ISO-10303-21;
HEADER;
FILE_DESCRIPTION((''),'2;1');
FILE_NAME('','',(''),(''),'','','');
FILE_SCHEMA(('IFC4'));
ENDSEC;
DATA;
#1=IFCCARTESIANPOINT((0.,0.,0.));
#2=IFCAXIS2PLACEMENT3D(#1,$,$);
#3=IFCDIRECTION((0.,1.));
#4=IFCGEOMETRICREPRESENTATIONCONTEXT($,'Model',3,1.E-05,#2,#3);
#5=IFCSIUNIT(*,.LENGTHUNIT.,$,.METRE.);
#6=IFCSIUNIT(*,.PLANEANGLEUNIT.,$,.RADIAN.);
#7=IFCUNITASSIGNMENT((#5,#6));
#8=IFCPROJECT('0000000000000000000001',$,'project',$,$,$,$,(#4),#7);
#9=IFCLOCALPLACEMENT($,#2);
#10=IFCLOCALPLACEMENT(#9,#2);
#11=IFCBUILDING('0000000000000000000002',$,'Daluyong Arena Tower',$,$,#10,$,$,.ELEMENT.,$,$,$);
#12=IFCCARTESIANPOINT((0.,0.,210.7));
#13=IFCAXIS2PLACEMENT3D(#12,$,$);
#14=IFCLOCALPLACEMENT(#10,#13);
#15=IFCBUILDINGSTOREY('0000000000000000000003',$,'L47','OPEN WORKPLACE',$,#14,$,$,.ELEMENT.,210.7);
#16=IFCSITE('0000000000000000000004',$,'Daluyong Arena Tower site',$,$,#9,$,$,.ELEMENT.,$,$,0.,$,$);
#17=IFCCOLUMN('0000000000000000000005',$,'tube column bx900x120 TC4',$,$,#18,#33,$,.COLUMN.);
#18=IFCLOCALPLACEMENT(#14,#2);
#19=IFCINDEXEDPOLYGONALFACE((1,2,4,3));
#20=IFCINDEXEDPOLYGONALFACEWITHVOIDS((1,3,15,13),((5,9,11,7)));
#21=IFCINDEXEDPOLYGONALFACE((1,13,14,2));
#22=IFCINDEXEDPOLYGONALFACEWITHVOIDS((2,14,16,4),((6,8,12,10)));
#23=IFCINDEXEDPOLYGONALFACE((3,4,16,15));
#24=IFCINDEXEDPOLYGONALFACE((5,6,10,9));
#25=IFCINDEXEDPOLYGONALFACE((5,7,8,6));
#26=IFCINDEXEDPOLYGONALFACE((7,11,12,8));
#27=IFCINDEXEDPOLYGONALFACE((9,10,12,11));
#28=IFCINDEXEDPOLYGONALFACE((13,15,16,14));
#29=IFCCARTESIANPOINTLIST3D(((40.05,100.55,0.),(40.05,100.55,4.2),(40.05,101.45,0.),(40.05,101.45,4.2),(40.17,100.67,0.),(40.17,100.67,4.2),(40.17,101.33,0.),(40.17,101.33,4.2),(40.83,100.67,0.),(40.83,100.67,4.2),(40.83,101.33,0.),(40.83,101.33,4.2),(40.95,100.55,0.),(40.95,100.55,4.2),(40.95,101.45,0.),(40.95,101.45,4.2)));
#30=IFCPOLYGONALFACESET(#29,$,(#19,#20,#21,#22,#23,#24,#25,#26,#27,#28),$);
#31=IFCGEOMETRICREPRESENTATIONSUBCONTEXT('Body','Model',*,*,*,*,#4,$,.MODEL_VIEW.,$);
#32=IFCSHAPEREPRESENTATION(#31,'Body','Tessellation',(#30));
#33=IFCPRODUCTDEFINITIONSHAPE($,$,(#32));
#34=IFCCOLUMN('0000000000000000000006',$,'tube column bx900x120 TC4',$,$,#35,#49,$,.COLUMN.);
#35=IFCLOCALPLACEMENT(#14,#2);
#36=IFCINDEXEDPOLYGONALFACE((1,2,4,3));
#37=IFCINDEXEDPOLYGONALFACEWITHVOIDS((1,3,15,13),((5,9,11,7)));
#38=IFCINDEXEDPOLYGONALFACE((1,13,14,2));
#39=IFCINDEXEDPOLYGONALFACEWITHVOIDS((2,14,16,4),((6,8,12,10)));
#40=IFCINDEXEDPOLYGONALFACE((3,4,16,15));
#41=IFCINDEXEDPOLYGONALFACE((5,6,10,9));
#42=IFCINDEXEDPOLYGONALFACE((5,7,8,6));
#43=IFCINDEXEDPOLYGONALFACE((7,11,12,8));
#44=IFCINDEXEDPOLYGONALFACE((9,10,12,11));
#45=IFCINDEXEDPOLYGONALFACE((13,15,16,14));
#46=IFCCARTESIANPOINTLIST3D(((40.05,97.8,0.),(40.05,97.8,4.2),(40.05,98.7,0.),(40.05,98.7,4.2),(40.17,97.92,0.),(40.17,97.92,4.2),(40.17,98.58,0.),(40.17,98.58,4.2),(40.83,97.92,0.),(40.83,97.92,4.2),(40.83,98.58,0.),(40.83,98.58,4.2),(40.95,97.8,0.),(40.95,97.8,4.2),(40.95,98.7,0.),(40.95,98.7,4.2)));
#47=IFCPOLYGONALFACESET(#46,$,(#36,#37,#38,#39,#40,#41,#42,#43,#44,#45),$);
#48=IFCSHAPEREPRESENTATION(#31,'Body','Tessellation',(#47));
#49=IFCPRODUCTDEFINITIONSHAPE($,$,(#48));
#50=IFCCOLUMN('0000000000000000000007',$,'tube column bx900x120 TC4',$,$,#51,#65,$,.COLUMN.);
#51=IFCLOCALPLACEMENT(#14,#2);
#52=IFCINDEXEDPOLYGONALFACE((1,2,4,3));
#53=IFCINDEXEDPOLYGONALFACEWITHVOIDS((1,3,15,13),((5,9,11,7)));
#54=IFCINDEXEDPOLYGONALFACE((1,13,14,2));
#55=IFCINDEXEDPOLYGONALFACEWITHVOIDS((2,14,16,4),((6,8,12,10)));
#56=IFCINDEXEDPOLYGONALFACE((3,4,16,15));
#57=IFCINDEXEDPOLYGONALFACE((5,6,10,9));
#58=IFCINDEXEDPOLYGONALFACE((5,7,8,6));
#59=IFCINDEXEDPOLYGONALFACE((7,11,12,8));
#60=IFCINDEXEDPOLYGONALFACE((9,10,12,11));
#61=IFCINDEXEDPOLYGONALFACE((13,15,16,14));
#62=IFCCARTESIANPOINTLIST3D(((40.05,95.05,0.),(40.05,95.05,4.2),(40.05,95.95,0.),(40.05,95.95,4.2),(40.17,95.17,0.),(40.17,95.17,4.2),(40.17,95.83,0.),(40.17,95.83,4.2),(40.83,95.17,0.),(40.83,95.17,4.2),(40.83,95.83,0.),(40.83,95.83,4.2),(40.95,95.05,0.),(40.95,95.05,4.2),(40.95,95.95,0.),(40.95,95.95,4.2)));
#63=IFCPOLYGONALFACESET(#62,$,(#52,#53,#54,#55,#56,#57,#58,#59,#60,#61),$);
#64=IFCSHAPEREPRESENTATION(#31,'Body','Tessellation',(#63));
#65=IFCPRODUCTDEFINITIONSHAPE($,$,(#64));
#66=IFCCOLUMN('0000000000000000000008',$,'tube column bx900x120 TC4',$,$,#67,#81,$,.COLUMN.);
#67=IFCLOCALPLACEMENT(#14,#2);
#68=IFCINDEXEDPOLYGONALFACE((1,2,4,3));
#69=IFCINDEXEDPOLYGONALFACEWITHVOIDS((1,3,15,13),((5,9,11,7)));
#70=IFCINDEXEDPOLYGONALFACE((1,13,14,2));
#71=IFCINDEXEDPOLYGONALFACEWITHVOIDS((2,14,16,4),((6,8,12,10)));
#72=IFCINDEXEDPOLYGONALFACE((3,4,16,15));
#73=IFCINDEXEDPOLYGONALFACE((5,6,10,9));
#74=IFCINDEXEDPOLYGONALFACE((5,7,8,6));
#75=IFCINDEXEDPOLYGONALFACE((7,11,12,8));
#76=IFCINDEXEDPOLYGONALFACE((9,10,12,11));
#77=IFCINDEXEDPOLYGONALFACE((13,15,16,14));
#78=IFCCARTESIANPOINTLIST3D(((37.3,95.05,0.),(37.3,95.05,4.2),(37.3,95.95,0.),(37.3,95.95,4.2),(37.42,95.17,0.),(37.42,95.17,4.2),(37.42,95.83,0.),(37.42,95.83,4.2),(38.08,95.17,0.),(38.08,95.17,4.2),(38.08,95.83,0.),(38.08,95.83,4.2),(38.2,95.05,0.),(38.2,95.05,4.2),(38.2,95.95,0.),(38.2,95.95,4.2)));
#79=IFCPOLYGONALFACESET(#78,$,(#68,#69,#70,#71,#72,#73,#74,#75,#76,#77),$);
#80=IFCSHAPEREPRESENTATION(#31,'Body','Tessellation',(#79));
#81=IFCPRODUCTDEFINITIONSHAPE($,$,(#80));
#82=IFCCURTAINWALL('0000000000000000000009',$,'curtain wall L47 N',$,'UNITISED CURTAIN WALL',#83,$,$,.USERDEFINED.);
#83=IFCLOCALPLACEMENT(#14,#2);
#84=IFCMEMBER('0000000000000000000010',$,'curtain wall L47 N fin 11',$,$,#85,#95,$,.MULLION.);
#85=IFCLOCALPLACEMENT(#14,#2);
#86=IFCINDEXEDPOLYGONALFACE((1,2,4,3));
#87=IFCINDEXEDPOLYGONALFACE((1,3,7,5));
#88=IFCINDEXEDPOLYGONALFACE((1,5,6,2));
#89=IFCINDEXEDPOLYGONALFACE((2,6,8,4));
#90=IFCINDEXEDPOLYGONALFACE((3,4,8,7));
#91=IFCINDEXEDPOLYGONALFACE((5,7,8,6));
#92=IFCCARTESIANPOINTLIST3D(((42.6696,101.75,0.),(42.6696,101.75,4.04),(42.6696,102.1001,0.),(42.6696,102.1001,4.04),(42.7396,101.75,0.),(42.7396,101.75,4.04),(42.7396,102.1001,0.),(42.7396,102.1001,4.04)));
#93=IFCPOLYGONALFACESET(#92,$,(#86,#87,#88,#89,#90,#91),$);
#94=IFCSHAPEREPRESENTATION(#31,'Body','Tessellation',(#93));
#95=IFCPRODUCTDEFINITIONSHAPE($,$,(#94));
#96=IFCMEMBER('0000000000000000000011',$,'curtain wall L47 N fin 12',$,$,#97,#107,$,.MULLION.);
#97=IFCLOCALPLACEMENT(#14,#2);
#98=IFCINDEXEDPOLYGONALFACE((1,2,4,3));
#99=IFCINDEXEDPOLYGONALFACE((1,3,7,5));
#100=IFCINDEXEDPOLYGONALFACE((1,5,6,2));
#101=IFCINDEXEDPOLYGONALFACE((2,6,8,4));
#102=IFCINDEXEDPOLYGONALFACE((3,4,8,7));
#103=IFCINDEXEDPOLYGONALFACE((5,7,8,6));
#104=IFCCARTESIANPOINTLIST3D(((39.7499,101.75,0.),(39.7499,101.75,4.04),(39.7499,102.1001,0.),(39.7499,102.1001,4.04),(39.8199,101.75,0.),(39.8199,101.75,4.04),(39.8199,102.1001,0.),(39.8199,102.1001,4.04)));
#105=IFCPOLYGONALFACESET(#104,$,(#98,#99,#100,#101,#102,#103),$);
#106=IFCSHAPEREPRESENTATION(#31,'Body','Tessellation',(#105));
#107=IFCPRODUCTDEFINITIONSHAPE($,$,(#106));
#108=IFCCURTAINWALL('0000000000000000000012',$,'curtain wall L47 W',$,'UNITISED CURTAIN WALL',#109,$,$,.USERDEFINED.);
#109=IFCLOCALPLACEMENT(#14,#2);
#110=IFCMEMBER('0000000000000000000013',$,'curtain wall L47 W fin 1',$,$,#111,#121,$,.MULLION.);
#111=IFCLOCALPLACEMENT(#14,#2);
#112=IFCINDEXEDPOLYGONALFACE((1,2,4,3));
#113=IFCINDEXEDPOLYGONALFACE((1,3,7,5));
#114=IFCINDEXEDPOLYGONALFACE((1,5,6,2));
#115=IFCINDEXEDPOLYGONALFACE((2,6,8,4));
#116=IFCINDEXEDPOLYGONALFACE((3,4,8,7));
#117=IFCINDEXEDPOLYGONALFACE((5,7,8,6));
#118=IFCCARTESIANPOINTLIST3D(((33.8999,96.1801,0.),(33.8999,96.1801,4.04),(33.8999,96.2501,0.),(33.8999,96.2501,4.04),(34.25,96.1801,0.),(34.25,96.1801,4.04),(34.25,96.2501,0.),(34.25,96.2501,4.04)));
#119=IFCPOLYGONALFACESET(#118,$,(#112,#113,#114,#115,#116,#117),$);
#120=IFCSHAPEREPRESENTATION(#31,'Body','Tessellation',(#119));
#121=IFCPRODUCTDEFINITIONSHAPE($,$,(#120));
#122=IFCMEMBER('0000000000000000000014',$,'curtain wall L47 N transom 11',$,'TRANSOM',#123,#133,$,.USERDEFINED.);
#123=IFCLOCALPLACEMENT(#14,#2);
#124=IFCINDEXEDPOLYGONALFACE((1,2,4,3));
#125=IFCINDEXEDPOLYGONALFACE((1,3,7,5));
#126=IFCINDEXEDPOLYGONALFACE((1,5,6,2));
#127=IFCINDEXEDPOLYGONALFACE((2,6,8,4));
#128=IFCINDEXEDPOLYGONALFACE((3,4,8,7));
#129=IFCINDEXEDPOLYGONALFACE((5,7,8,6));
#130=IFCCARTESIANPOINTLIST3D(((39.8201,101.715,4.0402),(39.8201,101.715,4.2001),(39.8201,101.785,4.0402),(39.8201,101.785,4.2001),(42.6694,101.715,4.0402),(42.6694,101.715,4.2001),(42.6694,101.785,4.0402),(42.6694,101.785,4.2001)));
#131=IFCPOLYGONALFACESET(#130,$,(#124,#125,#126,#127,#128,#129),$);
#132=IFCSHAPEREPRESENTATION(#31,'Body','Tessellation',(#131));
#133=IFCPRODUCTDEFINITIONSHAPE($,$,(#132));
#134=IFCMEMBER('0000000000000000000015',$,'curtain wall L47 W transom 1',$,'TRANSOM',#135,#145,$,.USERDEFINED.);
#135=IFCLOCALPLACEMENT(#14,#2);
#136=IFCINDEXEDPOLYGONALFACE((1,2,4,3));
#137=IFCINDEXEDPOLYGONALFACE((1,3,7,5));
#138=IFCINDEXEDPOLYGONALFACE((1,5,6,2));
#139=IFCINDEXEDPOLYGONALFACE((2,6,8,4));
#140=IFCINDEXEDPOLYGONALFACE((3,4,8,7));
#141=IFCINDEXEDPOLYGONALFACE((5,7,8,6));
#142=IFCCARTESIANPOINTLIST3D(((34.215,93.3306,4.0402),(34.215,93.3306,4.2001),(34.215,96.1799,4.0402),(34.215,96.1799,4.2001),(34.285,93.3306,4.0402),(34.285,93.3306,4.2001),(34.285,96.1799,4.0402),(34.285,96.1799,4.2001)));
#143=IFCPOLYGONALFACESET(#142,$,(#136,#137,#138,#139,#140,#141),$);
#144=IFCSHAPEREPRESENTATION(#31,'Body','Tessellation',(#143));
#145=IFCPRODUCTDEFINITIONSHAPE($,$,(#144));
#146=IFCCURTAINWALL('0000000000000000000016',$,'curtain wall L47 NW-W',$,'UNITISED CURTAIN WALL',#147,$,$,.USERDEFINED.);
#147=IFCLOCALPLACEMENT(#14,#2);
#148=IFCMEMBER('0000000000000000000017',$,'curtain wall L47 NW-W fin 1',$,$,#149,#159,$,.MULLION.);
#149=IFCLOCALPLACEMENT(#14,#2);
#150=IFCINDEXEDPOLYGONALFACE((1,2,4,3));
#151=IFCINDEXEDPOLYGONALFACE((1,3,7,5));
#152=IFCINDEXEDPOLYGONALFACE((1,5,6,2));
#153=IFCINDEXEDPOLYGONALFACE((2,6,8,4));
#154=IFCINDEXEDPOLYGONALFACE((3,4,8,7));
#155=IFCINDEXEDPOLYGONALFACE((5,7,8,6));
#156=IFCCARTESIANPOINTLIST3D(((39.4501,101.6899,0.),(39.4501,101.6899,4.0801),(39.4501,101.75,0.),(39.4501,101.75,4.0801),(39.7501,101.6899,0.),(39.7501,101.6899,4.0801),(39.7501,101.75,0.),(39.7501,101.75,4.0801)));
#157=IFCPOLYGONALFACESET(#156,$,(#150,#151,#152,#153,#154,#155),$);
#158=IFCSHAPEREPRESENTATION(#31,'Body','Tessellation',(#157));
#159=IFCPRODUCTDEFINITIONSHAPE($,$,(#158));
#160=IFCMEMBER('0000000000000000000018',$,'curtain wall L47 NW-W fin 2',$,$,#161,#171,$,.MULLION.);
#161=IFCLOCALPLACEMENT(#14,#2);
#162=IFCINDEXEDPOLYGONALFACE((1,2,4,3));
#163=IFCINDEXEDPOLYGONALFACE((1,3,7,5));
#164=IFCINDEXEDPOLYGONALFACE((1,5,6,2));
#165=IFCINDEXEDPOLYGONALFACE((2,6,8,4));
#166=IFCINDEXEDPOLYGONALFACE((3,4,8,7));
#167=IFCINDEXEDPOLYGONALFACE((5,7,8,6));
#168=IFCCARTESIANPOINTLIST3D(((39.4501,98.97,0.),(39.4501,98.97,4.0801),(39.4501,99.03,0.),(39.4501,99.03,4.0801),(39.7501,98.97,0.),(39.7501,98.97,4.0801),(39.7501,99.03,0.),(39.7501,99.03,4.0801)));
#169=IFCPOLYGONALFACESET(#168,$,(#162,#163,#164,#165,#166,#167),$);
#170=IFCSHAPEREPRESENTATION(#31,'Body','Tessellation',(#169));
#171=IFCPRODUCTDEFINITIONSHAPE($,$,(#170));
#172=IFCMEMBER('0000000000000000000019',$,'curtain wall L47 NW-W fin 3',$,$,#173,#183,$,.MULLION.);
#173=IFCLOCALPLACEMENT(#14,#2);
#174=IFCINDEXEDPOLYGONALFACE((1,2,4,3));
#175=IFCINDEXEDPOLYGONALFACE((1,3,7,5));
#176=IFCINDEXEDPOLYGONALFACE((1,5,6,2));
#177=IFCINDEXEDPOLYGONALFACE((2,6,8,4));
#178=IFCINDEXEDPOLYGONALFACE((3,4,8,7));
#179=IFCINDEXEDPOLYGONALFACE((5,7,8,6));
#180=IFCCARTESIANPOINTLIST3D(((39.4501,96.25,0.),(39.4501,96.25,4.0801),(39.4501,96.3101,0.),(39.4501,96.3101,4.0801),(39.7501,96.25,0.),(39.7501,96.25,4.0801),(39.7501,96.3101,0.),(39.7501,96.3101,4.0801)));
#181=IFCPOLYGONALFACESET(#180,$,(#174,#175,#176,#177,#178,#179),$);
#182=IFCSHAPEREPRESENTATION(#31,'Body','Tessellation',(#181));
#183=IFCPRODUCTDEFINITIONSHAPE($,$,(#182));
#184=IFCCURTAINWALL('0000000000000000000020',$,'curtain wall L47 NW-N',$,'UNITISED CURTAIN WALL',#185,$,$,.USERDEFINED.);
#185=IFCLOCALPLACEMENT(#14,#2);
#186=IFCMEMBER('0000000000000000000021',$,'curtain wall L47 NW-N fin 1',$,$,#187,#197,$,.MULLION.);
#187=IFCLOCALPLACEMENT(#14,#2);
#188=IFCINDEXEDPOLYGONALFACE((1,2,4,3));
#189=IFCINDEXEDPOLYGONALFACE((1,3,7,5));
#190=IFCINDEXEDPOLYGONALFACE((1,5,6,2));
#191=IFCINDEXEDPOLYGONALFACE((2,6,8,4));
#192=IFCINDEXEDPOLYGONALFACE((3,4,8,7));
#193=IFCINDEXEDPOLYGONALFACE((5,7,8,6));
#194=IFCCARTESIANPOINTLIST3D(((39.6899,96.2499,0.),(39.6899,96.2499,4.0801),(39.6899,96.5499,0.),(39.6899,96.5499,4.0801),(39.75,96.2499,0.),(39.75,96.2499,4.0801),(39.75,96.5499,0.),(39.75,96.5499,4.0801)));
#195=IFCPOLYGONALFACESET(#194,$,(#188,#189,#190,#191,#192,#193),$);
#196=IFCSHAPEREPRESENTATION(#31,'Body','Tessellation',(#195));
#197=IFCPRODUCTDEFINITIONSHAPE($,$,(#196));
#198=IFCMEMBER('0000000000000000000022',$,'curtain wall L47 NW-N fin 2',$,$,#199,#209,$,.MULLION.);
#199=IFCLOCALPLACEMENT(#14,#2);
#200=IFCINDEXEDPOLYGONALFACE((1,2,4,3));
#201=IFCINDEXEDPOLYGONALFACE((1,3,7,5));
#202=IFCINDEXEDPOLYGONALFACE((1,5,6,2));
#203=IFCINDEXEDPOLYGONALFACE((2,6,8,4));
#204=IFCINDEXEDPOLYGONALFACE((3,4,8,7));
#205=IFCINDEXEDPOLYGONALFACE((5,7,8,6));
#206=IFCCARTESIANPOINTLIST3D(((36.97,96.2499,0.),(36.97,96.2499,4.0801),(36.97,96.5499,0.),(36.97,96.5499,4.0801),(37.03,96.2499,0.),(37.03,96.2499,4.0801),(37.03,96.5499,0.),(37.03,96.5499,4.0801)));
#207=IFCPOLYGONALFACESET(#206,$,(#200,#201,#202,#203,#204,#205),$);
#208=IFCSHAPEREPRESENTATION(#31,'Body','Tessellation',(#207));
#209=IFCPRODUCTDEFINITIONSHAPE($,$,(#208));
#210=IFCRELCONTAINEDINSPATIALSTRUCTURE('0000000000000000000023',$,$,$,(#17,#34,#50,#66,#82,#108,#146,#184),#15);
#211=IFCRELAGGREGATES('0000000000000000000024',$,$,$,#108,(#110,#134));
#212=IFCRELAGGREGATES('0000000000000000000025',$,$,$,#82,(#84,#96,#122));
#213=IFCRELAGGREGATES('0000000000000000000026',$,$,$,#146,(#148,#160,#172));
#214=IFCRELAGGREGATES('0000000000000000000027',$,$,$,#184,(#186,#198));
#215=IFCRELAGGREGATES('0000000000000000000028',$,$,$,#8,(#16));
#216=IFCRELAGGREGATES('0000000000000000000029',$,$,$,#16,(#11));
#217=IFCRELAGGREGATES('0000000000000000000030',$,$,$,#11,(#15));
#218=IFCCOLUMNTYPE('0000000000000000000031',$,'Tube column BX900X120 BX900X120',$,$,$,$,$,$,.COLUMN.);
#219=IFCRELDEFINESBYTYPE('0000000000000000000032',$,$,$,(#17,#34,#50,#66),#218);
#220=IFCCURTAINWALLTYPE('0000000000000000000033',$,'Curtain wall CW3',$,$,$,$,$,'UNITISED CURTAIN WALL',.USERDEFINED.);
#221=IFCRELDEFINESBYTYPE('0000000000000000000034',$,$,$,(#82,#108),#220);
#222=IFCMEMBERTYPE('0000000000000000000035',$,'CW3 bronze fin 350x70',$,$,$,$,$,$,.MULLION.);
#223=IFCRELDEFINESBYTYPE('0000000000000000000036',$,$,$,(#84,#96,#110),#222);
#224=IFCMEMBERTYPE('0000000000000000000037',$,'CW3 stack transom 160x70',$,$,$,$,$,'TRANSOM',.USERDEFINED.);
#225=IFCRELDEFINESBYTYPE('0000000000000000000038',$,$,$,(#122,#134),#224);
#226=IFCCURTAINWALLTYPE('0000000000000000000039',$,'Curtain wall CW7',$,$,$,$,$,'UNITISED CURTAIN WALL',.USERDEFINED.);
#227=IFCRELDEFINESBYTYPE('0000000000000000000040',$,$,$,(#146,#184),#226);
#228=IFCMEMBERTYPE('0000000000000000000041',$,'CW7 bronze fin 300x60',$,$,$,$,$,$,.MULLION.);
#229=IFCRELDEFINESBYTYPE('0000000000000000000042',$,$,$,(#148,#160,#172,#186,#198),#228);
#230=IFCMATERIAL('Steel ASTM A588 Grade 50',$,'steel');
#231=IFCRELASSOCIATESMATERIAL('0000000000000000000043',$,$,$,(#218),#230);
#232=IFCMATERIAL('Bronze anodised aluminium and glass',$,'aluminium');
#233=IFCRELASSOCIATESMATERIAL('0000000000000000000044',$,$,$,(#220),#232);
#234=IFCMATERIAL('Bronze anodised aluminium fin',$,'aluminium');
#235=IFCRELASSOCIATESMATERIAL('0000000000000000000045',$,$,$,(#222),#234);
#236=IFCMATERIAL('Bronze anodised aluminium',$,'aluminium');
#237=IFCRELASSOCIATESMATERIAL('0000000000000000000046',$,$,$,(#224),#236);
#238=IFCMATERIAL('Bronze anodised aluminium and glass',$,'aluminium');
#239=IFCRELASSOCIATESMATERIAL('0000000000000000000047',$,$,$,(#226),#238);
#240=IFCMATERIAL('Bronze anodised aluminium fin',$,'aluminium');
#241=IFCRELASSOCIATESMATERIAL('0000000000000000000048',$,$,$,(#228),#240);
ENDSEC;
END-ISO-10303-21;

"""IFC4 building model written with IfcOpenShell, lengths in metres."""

from ifc_helpers import new_model, si_unit, direction, frame, origin, origin_2d, place, context, subcontext, project, spatial, rectangle, hollow_rectangle, extrude, material, material_profile, profile_set, type_object, element, aggregate, save


model = new_model("IFC4")

# Units and contexts
model_context = context("Model", 3, precision=1e-05, world=origin(), true_north=direction((0.0, 1.0)))
body_context = subcontext(model_context, "Body", "Model", "MODEL_VIEW")
ifc_project = project(units=[si_unit("LENGTHUNIT", "METRE"), si_unit("PLANEANGLEUNIT", "RADIAN")], contexts=[model_context])

# Site, building, storey
site_placement = place(None, origin())
site = spatial("IfcSite", under=ifc_project, at=site_placement, Name="Daluyong Arena Tower site", CompositionType="ELEMENT", RefElevation=0.0)
building_placement = place(site_placement, origin())
building = spatial("IfcBuilding", under=site, at=building_placement, Name="Daluyong Arena Tower", CompositionType="ELEMENT")
storey_placement = place(building_placement, frame((0.0, 0.0, 210.7)))
storey = spatial("IfcBuildingStorey", under=building, at=storey_placement, Name="L47", Description="OPEN WORKPLACE", CompositionType="ELEMENT", Elevation=210.7)

# Columns
ifc_material_1 = material(Name="Steel ASTM A588 Grade 50", Category="steel")
ifc_material_profile_1 = material_profile(ifc_material_1, hollow_rectangle(XDim=0.8999, YDim=0.8999, WallThickness=0.12, at=origin_2d()))
ifc_profile_set_1 = profile_set([ifc_material_profile_1], Name="Steel ASTM A588 Grade 50")
column_type = type_object("IfcColumnType", Name="Tube column BX900X120 BX900X120", PredefinedType="COLUMN", material=ifc_profile_set_1)
for number, where, z_axis, x_axis, name in (
    (1, (40.5, 101.0, 0.0), (0.0, 0.0, 1.0), (0.0, 1.0, 0.0), "tube column bx900x120 TC4"),
    (2, (40.5, 98.25, 0.0), (0.0, 0.0, 1.0), (0.0, 1.0, 0.0), "tube column bx900x120 TC4"),
    (3, (40.5, 95.5, 0.0), (0.0, 0.0, 1.0), (1.0, 0.0, 0.0), "tube column bx900x120 TC4"),
    (4, (37.75, 95.5, 0.0), (0.0, 0.0, 1.0), (1.0, 0.0, 0.0), "tube column bx900x120 TC4"),
):
    element("IfcColumn", number, at=place(storey_placement, frame(where, z_axis=z_axis, x_axis=x_axis)), inside=storey, type_object=column_type, Name=name, PredefinedType="COLUMN", context=body_context, shape_type="SweptSolid", body=[
        extrude(hollow_rectangle(XDim=0.8999, YDim=0.8999, WallThickness=0.12, at=origin_2d()), origin(), (0.0, 0.0, 1.0), 4.2),
    ])

# Curtain wall, members
ifc_material_2 = material(Name="Bronze anodised aluminium and glass", Category="aluminium")
curtain_wall_type_1 = type_object("IfcCurtainWallType", Name="Curtain wall CW3", ElementType="UNITISED CURTAIN WALL", PredefinedType="USERDEFINED", material=ifc_material_2)
curtain_wall_1_placement = place(storey_placement, origin())
curtain_wall_1 = element("IfcCurtainWall", 5, at=curtain_wall_1_placement, inside=storey, type_object=curtain_wall_type_1, Name="curtain wall L47 N", ObjectType="UNITISED CURTAIN WALL", PredefinedType="USERDEFINED")
ifc_material_3 = material(Name="Bronze anodised aluminium fin", Category="aluminium")
ifc_material_profile_2 = material_profile(ifc_material_3, rectangle(XDim=0.3501, YDim=0.0701, at=origin_2d()))
ifc_profile_set_2 = profile_set([ifc_material_profile_2], Name="Bronze anodised aluminium fin")
member_type_1 = type_object("IfcMemberType", Name="CW3 bronze fin 350x70", PredefinedType="MULLION", material=ifc_profile_set_2)
member_1_placement = place(storey_placement, frame((42.7046, 101.925, 0.0), z_axis=(0.0, 0.0, 1.0), x_axis=(0.0, -1.0, 0.0)))
member_1 = element("IfcMember", 6, at=member_1_placement, type_object=member_type_1, Name="curtain wall L47 N fin 11", PredefinedType="MULLION", context=body_context, shape_type="SweptSolid", body=[
    extrude(rectangle(XDim=0.3501, YDim=0.0701, at=origin_2d()), origin(), (0.0, 0.0, 1.0), 4.04),
])
member_2_placement = place(storey_placement, frame((39.7849, 101.925, 0.0), z_axis=(0.0, 0.0, 1.0), x_axis=(0.0, -1.0, 0.0)))
member_2 = element("IfcMember", 7, at=member_2_placement, type_object=member_type_1, Name="curtain wall L47 N fin 12", PredefinedType="MULLION", context=body_context, shape_type="SweptSolid", body=[
    extrude(rectangle(XDim=0.3501, YDim=0.0701, at=origin_2d()), origin(), (0.0, 0.0, 1.0), 4.04),
])

# Curtain wall, member
curtain_wall_2_placement = place(storey_placement, origin())
curtain_wall_2 = element("IfcCurtainWall", 8, at=curtain_wall_2_placement, inside=storey, type_object=curtain_wall_type_1, Name="curtain wall L47 W", ObjectType="UNITISED CURTAIN WALL", PredefinedType="USERDEFINED")
member_3_placement = place(storey_placement, frame((34.075, 96.2151, 0.0), z_axis=(0.0, 0.0, 1.0), x_axis=(1.0, 0.0, 0.0)))
member_3 = element("IfcMember", 9, at=member_3_placement, type_object=member_type_1, Name="curtain wall L47 W fin 1", PredefinedType="MULLION", context=body_context, shape_type="SweptSolid", body=[
    extrude(rectangle(XDim=0.3501, YDim=0.0701, at=origin_2d()), origin(), (0.0, 0.0, 1.0), 4.04),
])

# Members
ifc_material_4 = material(Name="Bronze anodised aluminium", Category="aluminium")
ifc_material_profile_3 = material_profile(ifc_material_4, rectangle(XDim=0.0701, YDim=0.1599, at=origin_2d()))
ifc_profile_set_3 = profile_set([ifc_material_profile_3], Name="Bronze anodised aluminium")
member_type_2 = type_object("IfcMemberType", Name="CW3 stack transom 160x70", ElementType="TRANSOM", PredefinedType="USERDEFINED", material=ifc_profile_set_3)
member_4_placement = place(storey_placement, frame((42.6694, 101.75, 4.1201), z_axis=(-1.0, 0.0, 0.0), x_axis=(0.0, -1.0, 0.0)))
member_4 = element("IfcMember", 10, at=member_4_placement, type_object=member_type_2, Name="curtain wall L47 N transom 11", ObjectType="TRANSOM", PredefinedType="USERDEFINED", context=body_context, shape_type="SweptSolid", body=[
    extrude(rectangle(XDim=0.0701, YDim=0.1599, at=origin_2d()), origin(), (0.0, 0.0, 1.0), 2.8494),
])
member_5_placement = place(storey_placement, frame((34.25, 96.1799, 4.1201), z_axis=(0.0, -1.0, 0.0), x_axis=(1.0, 0.0, 0.0)))
member_5 = element("IfcMember", 11, at=member_5_placement, type_object=member_type_2, Name="curtain wall L47 W transom 1", ObjectType="TRANSOM", PredefinedType="USERDEFINED", context=body_context, shape_type="SweptSolid", body=[
    extrude(rectangle(XDim=0.0701, YDim=0.1599, at=origin_2d()), origin(), (0.0, 0.0, 1.0), 2.8494),
])
aggregate(curtain_wall_2, [member_3, member_5])

# Curtain walls, members
ifc_material_5 = material(Name="Bronze anodised aluminium and glass", Category="aluminium")
curtain_wall_type_2 = type_object("IfcCurtainWallType", Name="Curtain wall CW7", ElementType="UNITISED CURTAIN WALL", PredefinedType="USERDEFINED", material=ifc_material_5)
curtain_wall_3_placement = place(storey_placement, origin())
curtain_wall_3 = element("IfcCurtainWall", 12, at=curtain_wall_3_placement, inside=storey, type_object=curtain_wall_type_2, Name="curtain wall L47 NW-W", ObjectType="UNITISED CURTAIN WALL", PredefinedType="USERDEFINED")
ifc_material_6 = material(Name="Bronze anodised aluminium fin", Category="aluminium")
ifc_material_profile_4 = material_profile(ifc_material_6, rectangle(XDim=0.3, YDim=0.0601, at=origin_2d()))
ifc_profile_set_4 = profile_set([ifc_material_profile_4], Name="Bronze anodised aluminium fin")
member_type_3 = type_object("IfcMemberType", Name="CW7 bronze fin 300x60", PredefinedType="MULLION", material=ifc_profile_set_4)
member_6_placement = place(storey_placement, frame((39.6001, 101.72, 0.0), z_axis=(0.0, 0.0, 1.0), x_axis=(1.0, 0.0, 0.0)))
member_6 = element("IfcMember", 13, at=member_6_placement, type_object=member_type_3, Name="curtain wall L47 NW-W fin 1", PredefinedType="MULLION", context=body_context, shape_type="SweptSolid", body=[
    extrude(rectangle(XDim=0.3, YDim=0.0601, at=origin_2d()), origin(), (0.0, 0.0, 1.0), 4.0801),
])
member_7_placement = place(storey_placement, frame((39.6001, 99.0, 0.0), z_axis=(0.0, 0.0, 1.0), x_axis=(1.0, 0.0, 0.0)))
member_7 = element("IfcMember", 14, at=member_7_placement, type_object=member_type_3, Name="curtain wall L47 NW-W fin 2", PredefinedType="MULLION", context=body_context, shape_type="SweptSolid", body=[
    extrude(rectangle(XDim=0.3, YDim=0.0601, at=origin_2d()), origin(), (0.0, 0.0, 1.0), 4.0801),
])
member_8_placement = place(storey_placement, frame((39.6001, 96.28, 0.0), z_axis=(0.0, 0.0, 1.0), x_axis=(1.0, 0.0, 0.0)))
member_8 = element("IfcMember", 15, at=member_8_placement, type_object=member_type_3, Name="curtain wall L47 NW-W fin 3", PredefinedType="MULLION", context=body_context, shape_type="SweptSolid", body=[
    extrude(rectangle(XDim=0.3, YDim=0.0601, at=origin_2d()), origin(), (0.0, 0.0, 1.0), 4.0801),
])
curtain_wall_4_placement = place(storey_placement, origin())
curtain_wall_4 = element("IfcCurtainWall", 16, at=curtain_wall_4_placement, inside=storey, type_object=curtain_wall_type_2, Name="curtain wall L47 NW-N", ObjectType="UNITISED CURTAIN WALL", PredefinedType="USERDEFINED")
member_9_placement = place(storey_placement, frame((39.72, 96.3999, 0.0), z_axis=(0.0, 0.0, 1.0), x_axis=(0.0, -1.0, 0.0)))
member_9 = element("IfcMember", 17, at=member_9_placement, type_object=member_type_3, Name="curtain wall L47 NW-N fin 1", PredefinedType="MULLION", context=body_context, shape_type="SweptSolid", body=[
    extrude(rectangle(XDim=0.3, YDim=0.0601, at=origin_2d()), origin(), (0.0, 0.0, 1.0), 4.0801),
])
member_10_placement = place(storey_placement, frame((37.0, 96.3999, 0.0), z_axis=(0.0, 0.0, 1.0), x_axis=(0.0, -1.0, 0.0)))
member_10 = element("IfcMember", 18, at=member_10_placement, type_object=member_type_3, Name="curtain wall L47 NW-N fin 2", PredefinedType="MULLION", context=body_context, shape_type="SweptSolid", body=[
    extrude(rectangle(XDim=0.3, YDim=0.0601, at=origin_2d()), origin(), (0.0, 0.0, 1.0), 4.0801),
])

aggregate(curtain_wall_1, [member_1, member_2, member_4])
aggregate(curtain_wall_3, [member_6, member_7, member_8])
aggregate(curtain_wall_4, [member_9, member_10])

save(model, "model.ifc")
